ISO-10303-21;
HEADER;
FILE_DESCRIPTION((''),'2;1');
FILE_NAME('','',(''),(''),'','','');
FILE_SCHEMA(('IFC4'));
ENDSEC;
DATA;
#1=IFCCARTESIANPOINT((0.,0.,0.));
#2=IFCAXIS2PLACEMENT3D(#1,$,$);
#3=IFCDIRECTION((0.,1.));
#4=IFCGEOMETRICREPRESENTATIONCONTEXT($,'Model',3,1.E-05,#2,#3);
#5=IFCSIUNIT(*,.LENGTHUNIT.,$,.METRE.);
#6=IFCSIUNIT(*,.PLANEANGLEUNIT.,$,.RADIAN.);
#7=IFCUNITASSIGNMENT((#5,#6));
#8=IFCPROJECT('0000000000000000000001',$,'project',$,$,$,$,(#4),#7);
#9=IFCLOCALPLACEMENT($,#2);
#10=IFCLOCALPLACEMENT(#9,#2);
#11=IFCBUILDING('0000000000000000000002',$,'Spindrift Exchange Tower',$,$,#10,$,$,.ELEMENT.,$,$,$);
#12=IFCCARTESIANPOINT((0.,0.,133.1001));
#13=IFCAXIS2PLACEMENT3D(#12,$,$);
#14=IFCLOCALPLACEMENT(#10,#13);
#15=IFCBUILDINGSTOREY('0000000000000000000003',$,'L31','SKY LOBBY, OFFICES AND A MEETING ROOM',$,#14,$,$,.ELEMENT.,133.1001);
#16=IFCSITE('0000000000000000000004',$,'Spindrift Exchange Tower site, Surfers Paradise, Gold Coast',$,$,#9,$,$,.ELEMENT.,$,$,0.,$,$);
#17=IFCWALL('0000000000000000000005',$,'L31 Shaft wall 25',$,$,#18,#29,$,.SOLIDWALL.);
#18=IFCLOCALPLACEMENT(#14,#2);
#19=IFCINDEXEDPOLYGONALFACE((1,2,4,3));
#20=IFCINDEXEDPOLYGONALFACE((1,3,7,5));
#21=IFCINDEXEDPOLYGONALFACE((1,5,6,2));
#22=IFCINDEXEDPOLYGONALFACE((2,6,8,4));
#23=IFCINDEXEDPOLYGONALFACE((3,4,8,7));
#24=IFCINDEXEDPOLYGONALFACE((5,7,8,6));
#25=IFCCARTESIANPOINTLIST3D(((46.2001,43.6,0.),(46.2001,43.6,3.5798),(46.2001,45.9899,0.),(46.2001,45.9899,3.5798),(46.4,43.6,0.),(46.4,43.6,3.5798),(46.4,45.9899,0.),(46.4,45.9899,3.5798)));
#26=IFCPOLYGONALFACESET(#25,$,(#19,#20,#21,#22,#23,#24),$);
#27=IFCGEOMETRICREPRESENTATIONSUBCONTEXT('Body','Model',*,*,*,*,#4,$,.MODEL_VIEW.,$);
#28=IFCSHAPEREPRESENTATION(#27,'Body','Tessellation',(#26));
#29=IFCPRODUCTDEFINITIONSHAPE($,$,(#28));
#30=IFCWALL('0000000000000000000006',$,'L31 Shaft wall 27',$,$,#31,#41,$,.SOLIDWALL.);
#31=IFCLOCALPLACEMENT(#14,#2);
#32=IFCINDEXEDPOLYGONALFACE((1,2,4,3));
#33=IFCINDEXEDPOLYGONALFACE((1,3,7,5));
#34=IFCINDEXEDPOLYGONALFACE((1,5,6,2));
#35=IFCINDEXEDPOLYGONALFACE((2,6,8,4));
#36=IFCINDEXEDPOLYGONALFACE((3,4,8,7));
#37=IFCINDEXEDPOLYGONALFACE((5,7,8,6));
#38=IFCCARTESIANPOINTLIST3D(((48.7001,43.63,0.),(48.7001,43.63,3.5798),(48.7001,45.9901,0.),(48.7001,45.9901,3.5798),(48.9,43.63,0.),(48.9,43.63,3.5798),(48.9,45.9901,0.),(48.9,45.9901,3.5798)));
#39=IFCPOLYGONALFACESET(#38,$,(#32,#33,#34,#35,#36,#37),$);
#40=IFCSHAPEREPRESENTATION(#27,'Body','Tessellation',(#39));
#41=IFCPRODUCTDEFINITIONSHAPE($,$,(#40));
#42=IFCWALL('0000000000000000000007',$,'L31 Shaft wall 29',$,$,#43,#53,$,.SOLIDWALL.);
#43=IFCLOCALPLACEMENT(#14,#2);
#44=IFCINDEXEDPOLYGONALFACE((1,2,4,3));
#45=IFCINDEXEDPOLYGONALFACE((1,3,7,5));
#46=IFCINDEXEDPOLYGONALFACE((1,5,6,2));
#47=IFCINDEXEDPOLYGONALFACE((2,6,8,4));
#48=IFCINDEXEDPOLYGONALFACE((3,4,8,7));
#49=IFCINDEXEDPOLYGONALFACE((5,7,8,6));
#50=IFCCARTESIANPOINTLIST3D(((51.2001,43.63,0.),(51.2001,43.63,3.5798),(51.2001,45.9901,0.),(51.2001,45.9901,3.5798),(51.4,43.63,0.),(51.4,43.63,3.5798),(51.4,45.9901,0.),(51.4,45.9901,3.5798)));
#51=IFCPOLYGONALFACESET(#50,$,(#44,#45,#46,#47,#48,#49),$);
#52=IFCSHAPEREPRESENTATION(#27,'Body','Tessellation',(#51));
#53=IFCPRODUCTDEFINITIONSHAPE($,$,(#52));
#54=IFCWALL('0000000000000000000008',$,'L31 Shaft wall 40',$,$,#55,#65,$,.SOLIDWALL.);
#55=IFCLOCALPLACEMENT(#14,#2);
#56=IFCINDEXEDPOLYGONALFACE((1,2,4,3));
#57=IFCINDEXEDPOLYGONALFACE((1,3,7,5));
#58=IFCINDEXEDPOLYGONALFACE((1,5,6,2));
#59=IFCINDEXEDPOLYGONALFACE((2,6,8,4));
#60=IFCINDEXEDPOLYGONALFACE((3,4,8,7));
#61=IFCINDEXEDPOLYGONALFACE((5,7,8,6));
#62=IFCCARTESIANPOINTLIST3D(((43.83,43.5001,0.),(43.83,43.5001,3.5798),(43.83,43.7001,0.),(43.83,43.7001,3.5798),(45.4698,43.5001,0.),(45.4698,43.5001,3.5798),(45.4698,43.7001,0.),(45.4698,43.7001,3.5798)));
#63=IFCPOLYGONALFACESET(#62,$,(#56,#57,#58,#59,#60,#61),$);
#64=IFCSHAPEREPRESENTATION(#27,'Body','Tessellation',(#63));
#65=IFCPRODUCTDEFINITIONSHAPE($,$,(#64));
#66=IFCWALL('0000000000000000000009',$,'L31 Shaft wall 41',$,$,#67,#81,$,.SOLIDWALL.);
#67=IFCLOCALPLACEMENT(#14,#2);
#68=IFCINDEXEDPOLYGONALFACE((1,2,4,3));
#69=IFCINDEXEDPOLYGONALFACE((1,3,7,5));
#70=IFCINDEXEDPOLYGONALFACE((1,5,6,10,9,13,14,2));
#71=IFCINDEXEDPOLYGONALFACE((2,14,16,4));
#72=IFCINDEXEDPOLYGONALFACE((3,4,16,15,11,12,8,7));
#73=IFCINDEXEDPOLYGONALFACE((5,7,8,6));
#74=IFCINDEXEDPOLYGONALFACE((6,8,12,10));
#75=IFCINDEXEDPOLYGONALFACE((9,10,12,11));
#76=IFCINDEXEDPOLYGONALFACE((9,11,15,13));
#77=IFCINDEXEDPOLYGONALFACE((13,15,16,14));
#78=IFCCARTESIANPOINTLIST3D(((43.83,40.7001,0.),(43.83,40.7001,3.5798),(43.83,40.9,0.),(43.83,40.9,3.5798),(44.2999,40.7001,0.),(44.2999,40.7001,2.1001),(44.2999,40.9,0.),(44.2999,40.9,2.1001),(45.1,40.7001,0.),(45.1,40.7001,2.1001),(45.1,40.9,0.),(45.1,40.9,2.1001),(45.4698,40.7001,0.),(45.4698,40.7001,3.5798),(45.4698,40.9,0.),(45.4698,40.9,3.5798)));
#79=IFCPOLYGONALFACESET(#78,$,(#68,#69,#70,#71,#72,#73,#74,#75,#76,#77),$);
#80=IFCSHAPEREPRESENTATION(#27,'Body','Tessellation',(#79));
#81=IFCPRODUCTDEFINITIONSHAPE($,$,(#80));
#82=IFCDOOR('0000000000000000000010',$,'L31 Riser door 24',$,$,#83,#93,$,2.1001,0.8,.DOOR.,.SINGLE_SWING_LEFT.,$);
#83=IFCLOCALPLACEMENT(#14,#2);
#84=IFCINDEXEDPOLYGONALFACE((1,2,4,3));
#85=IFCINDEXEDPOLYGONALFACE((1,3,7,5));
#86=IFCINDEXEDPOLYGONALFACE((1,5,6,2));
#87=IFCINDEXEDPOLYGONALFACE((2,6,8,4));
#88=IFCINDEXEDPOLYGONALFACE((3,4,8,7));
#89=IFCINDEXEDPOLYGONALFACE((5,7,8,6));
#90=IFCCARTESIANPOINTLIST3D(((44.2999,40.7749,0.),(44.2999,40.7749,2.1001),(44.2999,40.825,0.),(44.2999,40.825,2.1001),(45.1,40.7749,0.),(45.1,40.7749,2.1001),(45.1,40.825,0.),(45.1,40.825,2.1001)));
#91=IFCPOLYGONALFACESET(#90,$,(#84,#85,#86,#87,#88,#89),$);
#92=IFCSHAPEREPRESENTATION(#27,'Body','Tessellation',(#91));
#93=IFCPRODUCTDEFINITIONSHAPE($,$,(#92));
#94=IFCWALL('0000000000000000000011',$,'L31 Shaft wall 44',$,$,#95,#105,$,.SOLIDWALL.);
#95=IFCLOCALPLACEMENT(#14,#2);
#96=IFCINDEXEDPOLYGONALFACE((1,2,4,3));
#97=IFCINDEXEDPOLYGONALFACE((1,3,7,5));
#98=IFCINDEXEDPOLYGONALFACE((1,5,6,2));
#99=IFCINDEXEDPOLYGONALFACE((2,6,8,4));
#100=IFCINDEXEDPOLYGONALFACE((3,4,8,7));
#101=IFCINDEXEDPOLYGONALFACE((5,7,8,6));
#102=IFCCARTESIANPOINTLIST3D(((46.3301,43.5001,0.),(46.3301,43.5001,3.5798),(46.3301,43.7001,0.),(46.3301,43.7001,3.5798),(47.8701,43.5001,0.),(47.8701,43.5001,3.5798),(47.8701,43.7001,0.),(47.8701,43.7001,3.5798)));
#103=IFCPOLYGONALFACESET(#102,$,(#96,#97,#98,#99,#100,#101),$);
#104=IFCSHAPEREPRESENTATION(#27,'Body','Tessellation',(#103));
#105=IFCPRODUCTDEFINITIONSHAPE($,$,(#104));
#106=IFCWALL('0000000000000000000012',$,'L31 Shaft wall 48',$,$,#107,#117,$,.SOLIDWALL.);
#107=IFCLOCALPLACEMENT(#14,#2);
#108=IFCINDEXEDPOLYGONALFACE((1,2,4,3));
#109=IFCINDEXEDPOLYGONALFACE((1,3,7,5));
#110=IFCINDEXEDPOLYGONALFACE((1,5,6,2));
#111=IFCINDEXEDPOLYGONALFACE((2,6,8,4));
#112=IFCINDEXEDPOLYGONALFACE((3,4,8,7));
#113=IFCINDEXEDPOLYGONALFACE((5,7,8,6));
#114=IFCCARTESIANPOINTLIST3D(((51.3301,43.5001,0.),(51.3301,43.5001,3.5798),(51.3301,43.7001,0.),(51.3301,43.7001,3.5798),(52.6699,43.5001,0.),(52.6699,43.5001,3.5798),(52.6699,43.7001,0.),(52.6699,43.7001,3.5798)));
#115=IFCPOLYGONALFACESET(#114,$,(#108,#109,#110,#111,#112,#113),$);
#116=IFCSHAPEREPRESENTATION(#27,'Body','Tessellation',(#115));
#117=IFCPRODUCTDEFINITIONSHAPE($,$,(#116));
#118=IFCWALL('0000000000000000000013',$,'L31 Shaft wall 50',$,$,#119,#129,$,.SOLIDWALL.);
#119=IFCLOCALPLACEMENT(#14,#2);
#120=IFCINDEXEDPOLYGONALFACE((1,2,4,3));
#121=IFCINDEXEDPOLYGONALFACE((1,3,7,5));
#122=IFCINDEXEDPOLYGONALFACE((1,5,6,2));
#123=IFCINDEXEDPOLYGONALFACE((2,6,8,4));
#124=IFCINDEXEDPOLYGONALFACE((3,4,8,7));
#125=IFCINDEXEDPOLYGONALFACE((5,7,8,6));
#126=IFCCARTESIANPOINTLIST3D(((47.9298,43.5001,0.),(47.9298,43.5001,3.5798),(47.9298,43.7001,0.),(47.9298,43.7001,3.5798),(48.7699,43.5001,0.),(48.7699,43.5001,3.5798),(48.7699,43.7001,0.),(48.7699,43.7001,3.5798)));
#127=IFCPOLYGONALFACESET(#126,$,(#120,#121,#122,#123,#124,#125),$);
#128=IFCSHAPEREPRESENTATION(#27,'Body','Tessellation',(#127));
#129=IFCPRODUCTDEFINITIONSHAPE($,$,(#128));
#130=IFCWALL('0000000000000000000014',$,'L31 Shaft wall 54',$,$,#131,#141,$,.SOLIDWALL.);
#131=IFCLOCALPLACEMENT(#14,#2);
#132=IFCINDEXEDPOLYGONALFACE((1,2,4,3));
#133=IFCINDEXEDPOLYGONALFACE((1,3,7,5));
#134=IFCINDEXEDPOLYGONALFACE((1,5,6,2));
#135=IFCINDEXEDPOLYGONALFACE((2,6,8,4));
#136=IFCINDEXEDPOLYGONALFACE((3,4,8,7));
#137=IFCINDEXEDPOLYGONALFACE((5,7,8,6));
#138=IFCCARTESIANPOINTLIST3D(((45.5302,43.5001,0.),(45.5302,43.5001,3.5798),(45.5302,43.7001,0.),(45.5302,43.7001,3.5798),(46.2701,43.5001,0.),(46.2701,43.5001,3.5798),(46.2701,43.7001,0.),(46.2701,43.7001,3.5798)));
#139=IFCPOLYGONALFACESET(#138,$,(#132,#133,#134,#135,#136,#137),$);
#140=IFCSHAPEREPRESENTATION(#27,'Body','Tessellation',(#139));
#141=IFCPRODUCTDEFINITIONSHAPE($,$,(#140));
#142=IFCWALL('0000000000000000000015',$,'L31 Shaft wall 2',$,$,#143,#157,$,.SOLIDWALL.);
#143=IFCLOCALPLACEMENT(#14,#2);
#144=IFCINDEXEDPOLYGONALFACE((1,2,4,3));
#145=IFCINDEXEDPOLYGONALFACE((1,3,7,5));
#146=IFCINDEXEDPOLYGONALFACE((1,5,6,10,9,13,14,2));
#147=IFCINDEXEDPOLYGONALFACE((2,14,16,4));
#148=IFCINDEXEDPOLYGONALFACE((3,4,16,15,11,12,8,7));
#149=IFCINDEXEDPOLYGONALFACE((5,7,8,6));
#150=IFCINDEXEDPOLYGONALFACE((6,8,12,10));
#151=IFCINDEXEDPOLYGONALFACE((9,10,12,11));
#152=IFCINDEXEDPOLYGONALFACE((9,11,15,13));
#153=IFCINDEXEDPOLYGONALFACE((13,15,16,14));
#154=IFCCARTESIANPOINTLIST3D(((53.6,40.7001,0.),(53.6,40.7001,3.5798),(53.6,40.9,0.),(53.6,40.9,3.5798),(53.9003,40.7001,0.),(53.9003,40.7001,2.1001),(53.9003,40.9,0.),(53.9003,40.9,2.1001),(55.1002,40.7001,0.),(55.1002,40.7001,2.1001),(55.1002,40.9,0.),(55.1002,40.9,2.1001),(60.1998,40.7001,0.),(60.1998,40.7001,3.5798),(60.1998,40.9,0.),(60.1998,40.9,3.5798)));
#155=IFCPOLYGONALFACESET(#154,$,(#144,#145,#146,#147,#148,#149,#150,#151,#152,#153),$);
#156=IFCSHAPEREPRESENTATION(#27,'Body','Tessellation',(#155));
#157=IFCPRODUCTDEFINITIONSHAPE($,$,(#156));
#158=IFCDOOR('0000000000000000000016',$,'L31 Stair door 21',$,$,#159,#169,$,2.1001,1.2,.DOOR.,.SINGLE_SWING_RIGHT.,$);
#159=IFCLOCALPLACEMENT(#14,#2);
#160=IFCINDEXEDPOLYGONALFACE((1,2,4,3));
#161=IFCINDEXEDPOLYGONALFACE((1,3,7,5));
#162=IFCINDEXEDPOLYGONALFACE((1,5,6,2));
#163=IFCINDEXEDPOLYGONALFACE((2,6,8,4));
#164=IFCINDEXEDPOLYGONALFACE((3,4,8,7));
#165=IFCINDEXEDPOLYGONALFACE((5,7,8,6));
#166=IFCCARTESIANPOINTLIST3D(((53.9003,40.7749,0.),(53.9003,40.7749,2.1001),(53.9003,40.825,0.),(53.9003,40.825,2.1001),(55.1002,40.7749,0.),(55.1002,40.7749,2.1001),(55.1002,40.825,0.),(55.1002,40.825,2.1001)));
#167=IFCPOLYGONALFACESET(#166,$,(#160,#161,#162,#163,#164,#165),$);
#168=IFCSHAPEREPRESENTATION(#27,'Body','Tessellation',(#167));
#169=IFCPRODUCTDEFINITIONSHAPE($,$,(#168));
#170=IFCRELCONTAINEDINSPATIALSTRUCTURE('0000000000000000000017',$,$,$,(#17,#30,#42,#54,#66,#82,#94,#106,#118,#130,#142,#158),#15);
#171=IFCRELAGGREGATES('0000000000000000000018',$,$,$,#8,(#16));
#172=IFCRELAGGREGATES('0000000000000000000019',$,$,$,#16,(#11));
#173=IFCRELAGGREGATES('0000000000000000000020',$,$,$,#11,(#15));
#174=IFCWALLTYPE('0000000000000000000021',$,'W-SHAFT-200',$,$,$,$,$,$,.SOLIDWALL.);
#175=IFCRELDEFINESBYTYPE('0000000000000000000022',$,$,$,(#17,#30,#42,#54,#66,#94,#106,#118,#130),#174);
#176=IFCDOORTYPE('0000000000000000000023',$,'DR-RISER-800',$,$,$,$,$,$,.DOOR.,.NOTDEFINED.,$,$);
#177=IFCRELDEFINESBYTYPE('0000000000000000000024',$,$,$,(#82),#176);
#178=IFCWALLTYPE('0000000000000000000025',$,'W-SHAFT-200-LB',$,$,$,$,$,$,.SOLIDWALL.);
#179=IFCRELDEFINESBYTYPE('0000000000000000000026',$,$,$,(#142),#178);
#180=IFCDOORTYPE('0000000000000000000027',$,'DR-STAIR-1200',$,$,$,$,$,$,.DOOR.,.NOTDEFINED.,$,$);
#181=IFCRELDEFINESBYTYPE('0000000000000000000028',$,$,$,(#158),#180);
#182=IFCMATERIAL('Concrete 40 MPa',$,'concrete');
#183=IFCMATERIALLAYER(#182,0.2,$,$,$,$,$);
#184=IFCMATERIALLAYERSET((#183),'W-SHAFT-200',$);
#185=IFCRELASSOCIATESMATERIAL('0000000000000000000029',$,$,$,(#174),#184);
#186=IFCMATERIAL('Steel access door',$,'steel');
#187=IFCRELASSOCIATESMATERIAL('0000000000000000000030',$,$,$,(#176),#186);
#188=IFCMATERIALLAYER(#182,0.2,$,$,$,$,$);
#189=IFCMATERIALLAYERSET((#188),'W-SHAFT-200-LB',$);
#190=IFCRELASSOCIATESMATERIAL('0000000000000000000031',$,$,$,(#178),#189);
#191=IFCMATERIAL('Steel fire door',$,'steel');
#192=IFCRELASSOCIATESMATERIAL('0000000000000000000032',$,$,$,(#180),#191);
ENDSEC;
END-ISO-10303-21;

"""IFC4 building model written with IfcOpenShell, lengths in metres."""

from ifc_helpers import new_model, si_unit, direction, frame, frame_2d, origin, place, context, subcontext, project, spatial, rectangle, extrude, source, transform, mapped, material, layer, layer_set, type_object, element, fill, save


model = new_model("IFC4")

# Units and contexts
model_context = context("Model", 3, precision=1e-05, world=origin(), true_north=direction((0.0, 1.0)))
body_context = subcontext(model_context, "Body", "Model", "MODEL_VIEW")
ifc_project = project(units=[si_unit("LENGTHUNIT", "METRE"), si_unit("PLANEANGLEUNIT", "RADIAN")], contexts=[model_context])

# Site, building, storey
site_placement = place(None, origin())
site = spatial("IfcSite", under=ifc_project, at=site_placement, Name="Spindrift Exchange Tower site, Surfers Paradise, Gold Coast", CompositionType="ELEMENT", RefElevation=0.0)
building_placement = place(site_placement, origin())
building = spatial("IfcBuilding", under=site, at=building_placement, Name="Spindrift Exchange Tower", CompositionType="ELEMENT")
storey_placement = place(building_placement, frame((0.0, 0.0, 133.1001)))
storey = spatial("IfcBuildingStorey", under=building, at=storey_placement, Name="L31", Description="SKY LOBBY, OFFICES AND A MEETING ROOM", CompositionType="ELEMENT", Elevation=133.1001)

# Shared definitions
ifc_material_1 = material(Name="Concrete 40 MPa", Category="concrete")
ifc_layer_1 = layer(ifc_material_1, 0.2)
ifc_layer_set_1 = layer_set([ifc_layer_1], Name="W-SHAFT-200")
wall_type_1 = type_object("IfcWallType", Name="W-SHAFT-200", PredefinedType="SOLIDWALL", material=ifc_layer_set_1)

# Walls
wall_1_placement = place(storey_placement, frame((46.3, 43.6001, 0.0), z_axis=(0.0, 0.0, 1.0), x_axis=(0.0, 1.0, 0.0)))
element("IfcWall", 1, at=wall_1_placement, inside=storey, type_object=wall_type_1, Name="L31 Shaft wall 25", PredefinedType="SOLIDWALL", context=body_context, shape_type="SweptSolid", body=[
    extrude(rectangle(XDim=2.3899, YDim=0.2, at=frame_2d((1.1948, 0.0))), origin(), (0.0, 0.0, 1.0), 3.5798),
])
for number, where, z_axis, x_axis, name in (
    (2, (48.8, 43.6299, 0.0), (0.0, 0.0, 1.0), (0.0, 1.0, 0.0), "L31 Shaft wall 27"),
    (3, (51.3, 43.6299, 0.0), (0.0, 0.0, 1.0), (0.0, 1.0, 0.0), "L31 Shaft wall 29"),
):
    element("IfcWall", number, at=place(storey_placement, frame(where, z_axis=z_axis, x_axis=x_axis)), inside=storey, type_object=wall_type_1, Name=name, PredefinedType="SOLIDWALL", context=body_context, shape_type="SweptSolid", body=[
        extrude(rectangle(XDim=2.3601, YDim=0.2, at=frame_2d((1.1802, 0.0))), origin(), (0.0, 0.0, 1.0), 3.5798),
    ])
wall_2_placement = place(storey_placement, frame((43.8301, 43.6001, 0.0), z_axis=(0.0, 0.0, 1.0), x_axis=(1.0, 0.0, 0.0)))
element("IfcWall", 4, at=wall_2_placement, inside=storey, type_object=wall_type_1, Name="L31 Shaft wall 40", PredefinedType="SOLIDWALL", context=body_context, shape_type="SweptSolid", body=[
    extrude(rectangle(XDim=1.6399, YDim=0.2, at=frame_2d((0.8198, 0.0))), origin(), (0.0, 0.0, 1.0), 3.5798),
])

# Wall, opening, door
wall_3_placement = place(storey_placement, frame((43.8301, 40.8, 0.0), z_axis=(0.0, 0.0, 1.0), x_axis=(1.0, 0.0, 0.0)))
wall_3 = element("IfcWall", 5, at=wall_3_placement, inside=storey, type_object=wall_type_1, Name="L31 Shaft wall 41", PredefinedType="SOLIDWALL", context=body_context, shape_type="SweptSolid", body=[
    extrude(rectangle(XDim=1.6399, YDim=0.2, at=frame_2d((0.8198, 0.0))), origin(), (0.0, 0.0, 1.0), 3.5798),
])
opening_1_placement = place(wall_3_placement, frame((0.47, 0.0, 0.0)))
opening_1 = element("IfcOpeningElement", 6, at=opening_1_placement, cuts=wall_3, PredefinedType="OPENING", context=body_context, shape_type="SweptSolid", body=[
    extrude(rectangle(XDim=0.8, YDim=2.1001, at=frame_2d((0.3999, 1.05))), frame((0.0, 0.1099, 0.0), z_axis=(0.0, -1.0, 0.0), x_axis=(1.0, 0.0, 0.0)), (0.0, 0.0, 1.0), 0.22),
])
ifc_material_2 = material(Name="Steel access door", Category="steel")
door_type_1 = type_object("IfcDoorType", Name="DR-RISER-800", OperationType="NOTDEFINED", PredefinedType="DOOR", material=ifc_material_2)
shared_shape_1 = source(origin(), body_context, "Body", "SweptSolid", [
    extrude(rectangle(XDim=0.8, YDim=2.1001, at=frame_2d((0.3999, 1.05))), frame((0.0, 0.0249, 0.0), z_axis=(0.0, -1.0, 0.0), x_axis=(1.0, 0.0, 0.0)), (0.0, 0.0, 1.0), 0.05),
])
door_1_placement = place(opening_1_placement, origin())
door_1 = element("IfcDoor", 7, at=door_1_placement, inside=storey, type_object=door_type_1, Name="L31 Riser door 24", OperationType="SINGLE_SWING_LEFT", OverallHeight=2.1001, OverallWidth=0.8, PredefinedType="DOOR", context=body_context, shape_type="MappedRepresentation", body=[
    mapped(shared_shape_1, transform((0.0, 0.0, 0.0), scale=1.0)),
])
fill(opening_1, door_1)

# Walls
wall_4_placement = place(storey_placement, frame((46.3301, 43.6001, 0.0), z_axis=(0.0, 0.0, 1.0), x_axis=(1.0, 0.0, 0.0)))
element("IfcWall", 8, at=wall_4_placement, inside=storey, type_object=wall_type_1, Name="L31 Shaft wall 44", PredefinedType="SOLIDWALL", context=body_context, shape_type="SweptSolid", body=[
    extrude(rectangle(XDim=1.54, YDim=0.2, at=frame_2d((0.77, 0.0))), origin(), (0.0, 0.0, 1.0), 3.5798),
])
wall_5_placement = place(storey_placement, frame((52.6699, 43.6001, 0.0), z_axis=(0.0, 0.0, 1.0), x_axis=(-1.0, 0.0, 0.0)))
element("IfcWall", 9, at=wall_5_placement, inside=storey, type_object=wall_type_1, Name="L31 Shaft wall 48", PredefinedType="SOLIDWALL", context=body_context, shape_type="SweptSolid", body=[
    extrude(rectangle(XDim=1.3398, YDim=0.2, at=frame_2d((0.6699, 0.0))), origin(), (0.0, 0.0, 1.0), 3.5798),
])
wall_6_placement = place(storey_placement, frame((47.9299, 43.6001, 0.0), z_axis=(0.0, 0.0, 1.0), x_axis=(1.0, 0.0, 0.0)))
element("IfcWall", 10, at=wall_6_placement, inside=storey, type_object=wall_type_1, Name="L31 Shaft wall 50", PredefinedType="SOLIDWALL", context=body_context, shape_type="SweptSolid", body=[
    extrude(rectangle(XDim=0.8401, YDim=0.2, at=frame_2d((0.4199, 0.0))), origin(), (0.0, 0.0, 1.0), 3.5798),
])
wall_7_placement = place(storey_placement, frame((45.53, 43.6001, 0.0), z_axis=(0.0, 0.0, 1.0), x_axis=(1.0, 0.0, 0.0)))
element("IfcWall", 11, at=wall_7_placement, inside=storey, type_object=wall_type_1, Name="L31 Shaft wall 54", PredefinedType="SOLIDWALL", context=body_context, shape_type="SweptSolid", body=[
    extrude(rectangle(XDim=0.74, YDim=0.2, at=frame_2d((0.3701, 0.0))), origin(), (0.0, 0.0, 1.0), 3.5798),
])

# Wall, opening, door
ifc_layer_2 = layer(ifc_material_1, 0.2)
ifc_layer_set_2 = layer_set([ifc_layer_2], Name="W-SHAFT-200-LB")
wall_type_2 = type_object("IfcWallType", Name="W-SHAFT-200-LB", PredefinedType="SOLIDWALL", material=ifc_layer_set_2)
wall_8_placement = place(storey_placement, frame((53.6001, 40.8, 0.0), z_axis=(0.0, 0.0, 1.0), x_axis=(1.0, 0.0, 0.0)))
wall_8 = element("IfcWall", 12, at=wall_8_placement, inside=storey, type_object=wall_type_2, Name="L31 Shaft wall 2", PredefinedType="SOLIDWALL", context=body_context, shape_type="SweptSolid", body=[
    extrude(rectangle(XDim=6.5999, YDim=0.2, at=frame_2d((3.2998, 0.0))), origin(), (0.0, 0.0, 1.0), 3.5798),
])
opening_2_placement = place(wall_8_placement, frame((0.3, 0.0, 0.0)))
opening_2 = element("IfcOpeningElement", 13, at=opening_2_placement, cuts=wall_8, PredefinedType="OPENING", context=body_context, shape_type="SweptSolid", body=[
    extrude(rectangle(XDim=1.2, YDim=2.1001, at=frame_2d((0.6001, 1.05))), frame((0.0, 0.1099, 0.0), z_axis=(0.0, -1.0, 0.0), x_axis=(1.0, 0.0, 0.0)), (0.0, 0.0, 1.0), 0.22),
])
ifc_material_3 = material(Name="Steel fire door", Category="steel")
door_type_2 = type_object("IfcDoorType", Name="DR-STAIR-1200", OperationType="NOTDEFINED", PredefinedType="DOOR", material=ifc_material_3)
shared_shape_2 = source(origin(), body_context, "Body", "SweptSolid", [
    extrude(rectangle(XDim=1.2, YDim=2.1001, at=frame_2d((0.6001, 1.05))), frame((0.0, 0.0249, 0.0), z_axis=(0.0, -1.0, 0.0), x_axis=(1.0, 0.0, 0.0)), (0.0, 0.0, 1.0), 0.05),
])
door_2_placement = place(opening_2_placement, origin())
door_2 = element("IfcDoor", 14, at=door_2_placement, inside=storey, type_object=door_type_2, Name="L31 Stair door 21", OperationType="SINGLE_SWING_RIGHT", OverallHeight=2.1001, OverallWidth=1.2, PredefinedType="DOOR", context=body_context, shape_type="MappedRepresentation", body=[
    mapped(shared_shape_2, transform((0.0, 0.0, 0.0), scale=1.0)),
])
fill(opening_2, door_2)

save(model, "model.ifc")
